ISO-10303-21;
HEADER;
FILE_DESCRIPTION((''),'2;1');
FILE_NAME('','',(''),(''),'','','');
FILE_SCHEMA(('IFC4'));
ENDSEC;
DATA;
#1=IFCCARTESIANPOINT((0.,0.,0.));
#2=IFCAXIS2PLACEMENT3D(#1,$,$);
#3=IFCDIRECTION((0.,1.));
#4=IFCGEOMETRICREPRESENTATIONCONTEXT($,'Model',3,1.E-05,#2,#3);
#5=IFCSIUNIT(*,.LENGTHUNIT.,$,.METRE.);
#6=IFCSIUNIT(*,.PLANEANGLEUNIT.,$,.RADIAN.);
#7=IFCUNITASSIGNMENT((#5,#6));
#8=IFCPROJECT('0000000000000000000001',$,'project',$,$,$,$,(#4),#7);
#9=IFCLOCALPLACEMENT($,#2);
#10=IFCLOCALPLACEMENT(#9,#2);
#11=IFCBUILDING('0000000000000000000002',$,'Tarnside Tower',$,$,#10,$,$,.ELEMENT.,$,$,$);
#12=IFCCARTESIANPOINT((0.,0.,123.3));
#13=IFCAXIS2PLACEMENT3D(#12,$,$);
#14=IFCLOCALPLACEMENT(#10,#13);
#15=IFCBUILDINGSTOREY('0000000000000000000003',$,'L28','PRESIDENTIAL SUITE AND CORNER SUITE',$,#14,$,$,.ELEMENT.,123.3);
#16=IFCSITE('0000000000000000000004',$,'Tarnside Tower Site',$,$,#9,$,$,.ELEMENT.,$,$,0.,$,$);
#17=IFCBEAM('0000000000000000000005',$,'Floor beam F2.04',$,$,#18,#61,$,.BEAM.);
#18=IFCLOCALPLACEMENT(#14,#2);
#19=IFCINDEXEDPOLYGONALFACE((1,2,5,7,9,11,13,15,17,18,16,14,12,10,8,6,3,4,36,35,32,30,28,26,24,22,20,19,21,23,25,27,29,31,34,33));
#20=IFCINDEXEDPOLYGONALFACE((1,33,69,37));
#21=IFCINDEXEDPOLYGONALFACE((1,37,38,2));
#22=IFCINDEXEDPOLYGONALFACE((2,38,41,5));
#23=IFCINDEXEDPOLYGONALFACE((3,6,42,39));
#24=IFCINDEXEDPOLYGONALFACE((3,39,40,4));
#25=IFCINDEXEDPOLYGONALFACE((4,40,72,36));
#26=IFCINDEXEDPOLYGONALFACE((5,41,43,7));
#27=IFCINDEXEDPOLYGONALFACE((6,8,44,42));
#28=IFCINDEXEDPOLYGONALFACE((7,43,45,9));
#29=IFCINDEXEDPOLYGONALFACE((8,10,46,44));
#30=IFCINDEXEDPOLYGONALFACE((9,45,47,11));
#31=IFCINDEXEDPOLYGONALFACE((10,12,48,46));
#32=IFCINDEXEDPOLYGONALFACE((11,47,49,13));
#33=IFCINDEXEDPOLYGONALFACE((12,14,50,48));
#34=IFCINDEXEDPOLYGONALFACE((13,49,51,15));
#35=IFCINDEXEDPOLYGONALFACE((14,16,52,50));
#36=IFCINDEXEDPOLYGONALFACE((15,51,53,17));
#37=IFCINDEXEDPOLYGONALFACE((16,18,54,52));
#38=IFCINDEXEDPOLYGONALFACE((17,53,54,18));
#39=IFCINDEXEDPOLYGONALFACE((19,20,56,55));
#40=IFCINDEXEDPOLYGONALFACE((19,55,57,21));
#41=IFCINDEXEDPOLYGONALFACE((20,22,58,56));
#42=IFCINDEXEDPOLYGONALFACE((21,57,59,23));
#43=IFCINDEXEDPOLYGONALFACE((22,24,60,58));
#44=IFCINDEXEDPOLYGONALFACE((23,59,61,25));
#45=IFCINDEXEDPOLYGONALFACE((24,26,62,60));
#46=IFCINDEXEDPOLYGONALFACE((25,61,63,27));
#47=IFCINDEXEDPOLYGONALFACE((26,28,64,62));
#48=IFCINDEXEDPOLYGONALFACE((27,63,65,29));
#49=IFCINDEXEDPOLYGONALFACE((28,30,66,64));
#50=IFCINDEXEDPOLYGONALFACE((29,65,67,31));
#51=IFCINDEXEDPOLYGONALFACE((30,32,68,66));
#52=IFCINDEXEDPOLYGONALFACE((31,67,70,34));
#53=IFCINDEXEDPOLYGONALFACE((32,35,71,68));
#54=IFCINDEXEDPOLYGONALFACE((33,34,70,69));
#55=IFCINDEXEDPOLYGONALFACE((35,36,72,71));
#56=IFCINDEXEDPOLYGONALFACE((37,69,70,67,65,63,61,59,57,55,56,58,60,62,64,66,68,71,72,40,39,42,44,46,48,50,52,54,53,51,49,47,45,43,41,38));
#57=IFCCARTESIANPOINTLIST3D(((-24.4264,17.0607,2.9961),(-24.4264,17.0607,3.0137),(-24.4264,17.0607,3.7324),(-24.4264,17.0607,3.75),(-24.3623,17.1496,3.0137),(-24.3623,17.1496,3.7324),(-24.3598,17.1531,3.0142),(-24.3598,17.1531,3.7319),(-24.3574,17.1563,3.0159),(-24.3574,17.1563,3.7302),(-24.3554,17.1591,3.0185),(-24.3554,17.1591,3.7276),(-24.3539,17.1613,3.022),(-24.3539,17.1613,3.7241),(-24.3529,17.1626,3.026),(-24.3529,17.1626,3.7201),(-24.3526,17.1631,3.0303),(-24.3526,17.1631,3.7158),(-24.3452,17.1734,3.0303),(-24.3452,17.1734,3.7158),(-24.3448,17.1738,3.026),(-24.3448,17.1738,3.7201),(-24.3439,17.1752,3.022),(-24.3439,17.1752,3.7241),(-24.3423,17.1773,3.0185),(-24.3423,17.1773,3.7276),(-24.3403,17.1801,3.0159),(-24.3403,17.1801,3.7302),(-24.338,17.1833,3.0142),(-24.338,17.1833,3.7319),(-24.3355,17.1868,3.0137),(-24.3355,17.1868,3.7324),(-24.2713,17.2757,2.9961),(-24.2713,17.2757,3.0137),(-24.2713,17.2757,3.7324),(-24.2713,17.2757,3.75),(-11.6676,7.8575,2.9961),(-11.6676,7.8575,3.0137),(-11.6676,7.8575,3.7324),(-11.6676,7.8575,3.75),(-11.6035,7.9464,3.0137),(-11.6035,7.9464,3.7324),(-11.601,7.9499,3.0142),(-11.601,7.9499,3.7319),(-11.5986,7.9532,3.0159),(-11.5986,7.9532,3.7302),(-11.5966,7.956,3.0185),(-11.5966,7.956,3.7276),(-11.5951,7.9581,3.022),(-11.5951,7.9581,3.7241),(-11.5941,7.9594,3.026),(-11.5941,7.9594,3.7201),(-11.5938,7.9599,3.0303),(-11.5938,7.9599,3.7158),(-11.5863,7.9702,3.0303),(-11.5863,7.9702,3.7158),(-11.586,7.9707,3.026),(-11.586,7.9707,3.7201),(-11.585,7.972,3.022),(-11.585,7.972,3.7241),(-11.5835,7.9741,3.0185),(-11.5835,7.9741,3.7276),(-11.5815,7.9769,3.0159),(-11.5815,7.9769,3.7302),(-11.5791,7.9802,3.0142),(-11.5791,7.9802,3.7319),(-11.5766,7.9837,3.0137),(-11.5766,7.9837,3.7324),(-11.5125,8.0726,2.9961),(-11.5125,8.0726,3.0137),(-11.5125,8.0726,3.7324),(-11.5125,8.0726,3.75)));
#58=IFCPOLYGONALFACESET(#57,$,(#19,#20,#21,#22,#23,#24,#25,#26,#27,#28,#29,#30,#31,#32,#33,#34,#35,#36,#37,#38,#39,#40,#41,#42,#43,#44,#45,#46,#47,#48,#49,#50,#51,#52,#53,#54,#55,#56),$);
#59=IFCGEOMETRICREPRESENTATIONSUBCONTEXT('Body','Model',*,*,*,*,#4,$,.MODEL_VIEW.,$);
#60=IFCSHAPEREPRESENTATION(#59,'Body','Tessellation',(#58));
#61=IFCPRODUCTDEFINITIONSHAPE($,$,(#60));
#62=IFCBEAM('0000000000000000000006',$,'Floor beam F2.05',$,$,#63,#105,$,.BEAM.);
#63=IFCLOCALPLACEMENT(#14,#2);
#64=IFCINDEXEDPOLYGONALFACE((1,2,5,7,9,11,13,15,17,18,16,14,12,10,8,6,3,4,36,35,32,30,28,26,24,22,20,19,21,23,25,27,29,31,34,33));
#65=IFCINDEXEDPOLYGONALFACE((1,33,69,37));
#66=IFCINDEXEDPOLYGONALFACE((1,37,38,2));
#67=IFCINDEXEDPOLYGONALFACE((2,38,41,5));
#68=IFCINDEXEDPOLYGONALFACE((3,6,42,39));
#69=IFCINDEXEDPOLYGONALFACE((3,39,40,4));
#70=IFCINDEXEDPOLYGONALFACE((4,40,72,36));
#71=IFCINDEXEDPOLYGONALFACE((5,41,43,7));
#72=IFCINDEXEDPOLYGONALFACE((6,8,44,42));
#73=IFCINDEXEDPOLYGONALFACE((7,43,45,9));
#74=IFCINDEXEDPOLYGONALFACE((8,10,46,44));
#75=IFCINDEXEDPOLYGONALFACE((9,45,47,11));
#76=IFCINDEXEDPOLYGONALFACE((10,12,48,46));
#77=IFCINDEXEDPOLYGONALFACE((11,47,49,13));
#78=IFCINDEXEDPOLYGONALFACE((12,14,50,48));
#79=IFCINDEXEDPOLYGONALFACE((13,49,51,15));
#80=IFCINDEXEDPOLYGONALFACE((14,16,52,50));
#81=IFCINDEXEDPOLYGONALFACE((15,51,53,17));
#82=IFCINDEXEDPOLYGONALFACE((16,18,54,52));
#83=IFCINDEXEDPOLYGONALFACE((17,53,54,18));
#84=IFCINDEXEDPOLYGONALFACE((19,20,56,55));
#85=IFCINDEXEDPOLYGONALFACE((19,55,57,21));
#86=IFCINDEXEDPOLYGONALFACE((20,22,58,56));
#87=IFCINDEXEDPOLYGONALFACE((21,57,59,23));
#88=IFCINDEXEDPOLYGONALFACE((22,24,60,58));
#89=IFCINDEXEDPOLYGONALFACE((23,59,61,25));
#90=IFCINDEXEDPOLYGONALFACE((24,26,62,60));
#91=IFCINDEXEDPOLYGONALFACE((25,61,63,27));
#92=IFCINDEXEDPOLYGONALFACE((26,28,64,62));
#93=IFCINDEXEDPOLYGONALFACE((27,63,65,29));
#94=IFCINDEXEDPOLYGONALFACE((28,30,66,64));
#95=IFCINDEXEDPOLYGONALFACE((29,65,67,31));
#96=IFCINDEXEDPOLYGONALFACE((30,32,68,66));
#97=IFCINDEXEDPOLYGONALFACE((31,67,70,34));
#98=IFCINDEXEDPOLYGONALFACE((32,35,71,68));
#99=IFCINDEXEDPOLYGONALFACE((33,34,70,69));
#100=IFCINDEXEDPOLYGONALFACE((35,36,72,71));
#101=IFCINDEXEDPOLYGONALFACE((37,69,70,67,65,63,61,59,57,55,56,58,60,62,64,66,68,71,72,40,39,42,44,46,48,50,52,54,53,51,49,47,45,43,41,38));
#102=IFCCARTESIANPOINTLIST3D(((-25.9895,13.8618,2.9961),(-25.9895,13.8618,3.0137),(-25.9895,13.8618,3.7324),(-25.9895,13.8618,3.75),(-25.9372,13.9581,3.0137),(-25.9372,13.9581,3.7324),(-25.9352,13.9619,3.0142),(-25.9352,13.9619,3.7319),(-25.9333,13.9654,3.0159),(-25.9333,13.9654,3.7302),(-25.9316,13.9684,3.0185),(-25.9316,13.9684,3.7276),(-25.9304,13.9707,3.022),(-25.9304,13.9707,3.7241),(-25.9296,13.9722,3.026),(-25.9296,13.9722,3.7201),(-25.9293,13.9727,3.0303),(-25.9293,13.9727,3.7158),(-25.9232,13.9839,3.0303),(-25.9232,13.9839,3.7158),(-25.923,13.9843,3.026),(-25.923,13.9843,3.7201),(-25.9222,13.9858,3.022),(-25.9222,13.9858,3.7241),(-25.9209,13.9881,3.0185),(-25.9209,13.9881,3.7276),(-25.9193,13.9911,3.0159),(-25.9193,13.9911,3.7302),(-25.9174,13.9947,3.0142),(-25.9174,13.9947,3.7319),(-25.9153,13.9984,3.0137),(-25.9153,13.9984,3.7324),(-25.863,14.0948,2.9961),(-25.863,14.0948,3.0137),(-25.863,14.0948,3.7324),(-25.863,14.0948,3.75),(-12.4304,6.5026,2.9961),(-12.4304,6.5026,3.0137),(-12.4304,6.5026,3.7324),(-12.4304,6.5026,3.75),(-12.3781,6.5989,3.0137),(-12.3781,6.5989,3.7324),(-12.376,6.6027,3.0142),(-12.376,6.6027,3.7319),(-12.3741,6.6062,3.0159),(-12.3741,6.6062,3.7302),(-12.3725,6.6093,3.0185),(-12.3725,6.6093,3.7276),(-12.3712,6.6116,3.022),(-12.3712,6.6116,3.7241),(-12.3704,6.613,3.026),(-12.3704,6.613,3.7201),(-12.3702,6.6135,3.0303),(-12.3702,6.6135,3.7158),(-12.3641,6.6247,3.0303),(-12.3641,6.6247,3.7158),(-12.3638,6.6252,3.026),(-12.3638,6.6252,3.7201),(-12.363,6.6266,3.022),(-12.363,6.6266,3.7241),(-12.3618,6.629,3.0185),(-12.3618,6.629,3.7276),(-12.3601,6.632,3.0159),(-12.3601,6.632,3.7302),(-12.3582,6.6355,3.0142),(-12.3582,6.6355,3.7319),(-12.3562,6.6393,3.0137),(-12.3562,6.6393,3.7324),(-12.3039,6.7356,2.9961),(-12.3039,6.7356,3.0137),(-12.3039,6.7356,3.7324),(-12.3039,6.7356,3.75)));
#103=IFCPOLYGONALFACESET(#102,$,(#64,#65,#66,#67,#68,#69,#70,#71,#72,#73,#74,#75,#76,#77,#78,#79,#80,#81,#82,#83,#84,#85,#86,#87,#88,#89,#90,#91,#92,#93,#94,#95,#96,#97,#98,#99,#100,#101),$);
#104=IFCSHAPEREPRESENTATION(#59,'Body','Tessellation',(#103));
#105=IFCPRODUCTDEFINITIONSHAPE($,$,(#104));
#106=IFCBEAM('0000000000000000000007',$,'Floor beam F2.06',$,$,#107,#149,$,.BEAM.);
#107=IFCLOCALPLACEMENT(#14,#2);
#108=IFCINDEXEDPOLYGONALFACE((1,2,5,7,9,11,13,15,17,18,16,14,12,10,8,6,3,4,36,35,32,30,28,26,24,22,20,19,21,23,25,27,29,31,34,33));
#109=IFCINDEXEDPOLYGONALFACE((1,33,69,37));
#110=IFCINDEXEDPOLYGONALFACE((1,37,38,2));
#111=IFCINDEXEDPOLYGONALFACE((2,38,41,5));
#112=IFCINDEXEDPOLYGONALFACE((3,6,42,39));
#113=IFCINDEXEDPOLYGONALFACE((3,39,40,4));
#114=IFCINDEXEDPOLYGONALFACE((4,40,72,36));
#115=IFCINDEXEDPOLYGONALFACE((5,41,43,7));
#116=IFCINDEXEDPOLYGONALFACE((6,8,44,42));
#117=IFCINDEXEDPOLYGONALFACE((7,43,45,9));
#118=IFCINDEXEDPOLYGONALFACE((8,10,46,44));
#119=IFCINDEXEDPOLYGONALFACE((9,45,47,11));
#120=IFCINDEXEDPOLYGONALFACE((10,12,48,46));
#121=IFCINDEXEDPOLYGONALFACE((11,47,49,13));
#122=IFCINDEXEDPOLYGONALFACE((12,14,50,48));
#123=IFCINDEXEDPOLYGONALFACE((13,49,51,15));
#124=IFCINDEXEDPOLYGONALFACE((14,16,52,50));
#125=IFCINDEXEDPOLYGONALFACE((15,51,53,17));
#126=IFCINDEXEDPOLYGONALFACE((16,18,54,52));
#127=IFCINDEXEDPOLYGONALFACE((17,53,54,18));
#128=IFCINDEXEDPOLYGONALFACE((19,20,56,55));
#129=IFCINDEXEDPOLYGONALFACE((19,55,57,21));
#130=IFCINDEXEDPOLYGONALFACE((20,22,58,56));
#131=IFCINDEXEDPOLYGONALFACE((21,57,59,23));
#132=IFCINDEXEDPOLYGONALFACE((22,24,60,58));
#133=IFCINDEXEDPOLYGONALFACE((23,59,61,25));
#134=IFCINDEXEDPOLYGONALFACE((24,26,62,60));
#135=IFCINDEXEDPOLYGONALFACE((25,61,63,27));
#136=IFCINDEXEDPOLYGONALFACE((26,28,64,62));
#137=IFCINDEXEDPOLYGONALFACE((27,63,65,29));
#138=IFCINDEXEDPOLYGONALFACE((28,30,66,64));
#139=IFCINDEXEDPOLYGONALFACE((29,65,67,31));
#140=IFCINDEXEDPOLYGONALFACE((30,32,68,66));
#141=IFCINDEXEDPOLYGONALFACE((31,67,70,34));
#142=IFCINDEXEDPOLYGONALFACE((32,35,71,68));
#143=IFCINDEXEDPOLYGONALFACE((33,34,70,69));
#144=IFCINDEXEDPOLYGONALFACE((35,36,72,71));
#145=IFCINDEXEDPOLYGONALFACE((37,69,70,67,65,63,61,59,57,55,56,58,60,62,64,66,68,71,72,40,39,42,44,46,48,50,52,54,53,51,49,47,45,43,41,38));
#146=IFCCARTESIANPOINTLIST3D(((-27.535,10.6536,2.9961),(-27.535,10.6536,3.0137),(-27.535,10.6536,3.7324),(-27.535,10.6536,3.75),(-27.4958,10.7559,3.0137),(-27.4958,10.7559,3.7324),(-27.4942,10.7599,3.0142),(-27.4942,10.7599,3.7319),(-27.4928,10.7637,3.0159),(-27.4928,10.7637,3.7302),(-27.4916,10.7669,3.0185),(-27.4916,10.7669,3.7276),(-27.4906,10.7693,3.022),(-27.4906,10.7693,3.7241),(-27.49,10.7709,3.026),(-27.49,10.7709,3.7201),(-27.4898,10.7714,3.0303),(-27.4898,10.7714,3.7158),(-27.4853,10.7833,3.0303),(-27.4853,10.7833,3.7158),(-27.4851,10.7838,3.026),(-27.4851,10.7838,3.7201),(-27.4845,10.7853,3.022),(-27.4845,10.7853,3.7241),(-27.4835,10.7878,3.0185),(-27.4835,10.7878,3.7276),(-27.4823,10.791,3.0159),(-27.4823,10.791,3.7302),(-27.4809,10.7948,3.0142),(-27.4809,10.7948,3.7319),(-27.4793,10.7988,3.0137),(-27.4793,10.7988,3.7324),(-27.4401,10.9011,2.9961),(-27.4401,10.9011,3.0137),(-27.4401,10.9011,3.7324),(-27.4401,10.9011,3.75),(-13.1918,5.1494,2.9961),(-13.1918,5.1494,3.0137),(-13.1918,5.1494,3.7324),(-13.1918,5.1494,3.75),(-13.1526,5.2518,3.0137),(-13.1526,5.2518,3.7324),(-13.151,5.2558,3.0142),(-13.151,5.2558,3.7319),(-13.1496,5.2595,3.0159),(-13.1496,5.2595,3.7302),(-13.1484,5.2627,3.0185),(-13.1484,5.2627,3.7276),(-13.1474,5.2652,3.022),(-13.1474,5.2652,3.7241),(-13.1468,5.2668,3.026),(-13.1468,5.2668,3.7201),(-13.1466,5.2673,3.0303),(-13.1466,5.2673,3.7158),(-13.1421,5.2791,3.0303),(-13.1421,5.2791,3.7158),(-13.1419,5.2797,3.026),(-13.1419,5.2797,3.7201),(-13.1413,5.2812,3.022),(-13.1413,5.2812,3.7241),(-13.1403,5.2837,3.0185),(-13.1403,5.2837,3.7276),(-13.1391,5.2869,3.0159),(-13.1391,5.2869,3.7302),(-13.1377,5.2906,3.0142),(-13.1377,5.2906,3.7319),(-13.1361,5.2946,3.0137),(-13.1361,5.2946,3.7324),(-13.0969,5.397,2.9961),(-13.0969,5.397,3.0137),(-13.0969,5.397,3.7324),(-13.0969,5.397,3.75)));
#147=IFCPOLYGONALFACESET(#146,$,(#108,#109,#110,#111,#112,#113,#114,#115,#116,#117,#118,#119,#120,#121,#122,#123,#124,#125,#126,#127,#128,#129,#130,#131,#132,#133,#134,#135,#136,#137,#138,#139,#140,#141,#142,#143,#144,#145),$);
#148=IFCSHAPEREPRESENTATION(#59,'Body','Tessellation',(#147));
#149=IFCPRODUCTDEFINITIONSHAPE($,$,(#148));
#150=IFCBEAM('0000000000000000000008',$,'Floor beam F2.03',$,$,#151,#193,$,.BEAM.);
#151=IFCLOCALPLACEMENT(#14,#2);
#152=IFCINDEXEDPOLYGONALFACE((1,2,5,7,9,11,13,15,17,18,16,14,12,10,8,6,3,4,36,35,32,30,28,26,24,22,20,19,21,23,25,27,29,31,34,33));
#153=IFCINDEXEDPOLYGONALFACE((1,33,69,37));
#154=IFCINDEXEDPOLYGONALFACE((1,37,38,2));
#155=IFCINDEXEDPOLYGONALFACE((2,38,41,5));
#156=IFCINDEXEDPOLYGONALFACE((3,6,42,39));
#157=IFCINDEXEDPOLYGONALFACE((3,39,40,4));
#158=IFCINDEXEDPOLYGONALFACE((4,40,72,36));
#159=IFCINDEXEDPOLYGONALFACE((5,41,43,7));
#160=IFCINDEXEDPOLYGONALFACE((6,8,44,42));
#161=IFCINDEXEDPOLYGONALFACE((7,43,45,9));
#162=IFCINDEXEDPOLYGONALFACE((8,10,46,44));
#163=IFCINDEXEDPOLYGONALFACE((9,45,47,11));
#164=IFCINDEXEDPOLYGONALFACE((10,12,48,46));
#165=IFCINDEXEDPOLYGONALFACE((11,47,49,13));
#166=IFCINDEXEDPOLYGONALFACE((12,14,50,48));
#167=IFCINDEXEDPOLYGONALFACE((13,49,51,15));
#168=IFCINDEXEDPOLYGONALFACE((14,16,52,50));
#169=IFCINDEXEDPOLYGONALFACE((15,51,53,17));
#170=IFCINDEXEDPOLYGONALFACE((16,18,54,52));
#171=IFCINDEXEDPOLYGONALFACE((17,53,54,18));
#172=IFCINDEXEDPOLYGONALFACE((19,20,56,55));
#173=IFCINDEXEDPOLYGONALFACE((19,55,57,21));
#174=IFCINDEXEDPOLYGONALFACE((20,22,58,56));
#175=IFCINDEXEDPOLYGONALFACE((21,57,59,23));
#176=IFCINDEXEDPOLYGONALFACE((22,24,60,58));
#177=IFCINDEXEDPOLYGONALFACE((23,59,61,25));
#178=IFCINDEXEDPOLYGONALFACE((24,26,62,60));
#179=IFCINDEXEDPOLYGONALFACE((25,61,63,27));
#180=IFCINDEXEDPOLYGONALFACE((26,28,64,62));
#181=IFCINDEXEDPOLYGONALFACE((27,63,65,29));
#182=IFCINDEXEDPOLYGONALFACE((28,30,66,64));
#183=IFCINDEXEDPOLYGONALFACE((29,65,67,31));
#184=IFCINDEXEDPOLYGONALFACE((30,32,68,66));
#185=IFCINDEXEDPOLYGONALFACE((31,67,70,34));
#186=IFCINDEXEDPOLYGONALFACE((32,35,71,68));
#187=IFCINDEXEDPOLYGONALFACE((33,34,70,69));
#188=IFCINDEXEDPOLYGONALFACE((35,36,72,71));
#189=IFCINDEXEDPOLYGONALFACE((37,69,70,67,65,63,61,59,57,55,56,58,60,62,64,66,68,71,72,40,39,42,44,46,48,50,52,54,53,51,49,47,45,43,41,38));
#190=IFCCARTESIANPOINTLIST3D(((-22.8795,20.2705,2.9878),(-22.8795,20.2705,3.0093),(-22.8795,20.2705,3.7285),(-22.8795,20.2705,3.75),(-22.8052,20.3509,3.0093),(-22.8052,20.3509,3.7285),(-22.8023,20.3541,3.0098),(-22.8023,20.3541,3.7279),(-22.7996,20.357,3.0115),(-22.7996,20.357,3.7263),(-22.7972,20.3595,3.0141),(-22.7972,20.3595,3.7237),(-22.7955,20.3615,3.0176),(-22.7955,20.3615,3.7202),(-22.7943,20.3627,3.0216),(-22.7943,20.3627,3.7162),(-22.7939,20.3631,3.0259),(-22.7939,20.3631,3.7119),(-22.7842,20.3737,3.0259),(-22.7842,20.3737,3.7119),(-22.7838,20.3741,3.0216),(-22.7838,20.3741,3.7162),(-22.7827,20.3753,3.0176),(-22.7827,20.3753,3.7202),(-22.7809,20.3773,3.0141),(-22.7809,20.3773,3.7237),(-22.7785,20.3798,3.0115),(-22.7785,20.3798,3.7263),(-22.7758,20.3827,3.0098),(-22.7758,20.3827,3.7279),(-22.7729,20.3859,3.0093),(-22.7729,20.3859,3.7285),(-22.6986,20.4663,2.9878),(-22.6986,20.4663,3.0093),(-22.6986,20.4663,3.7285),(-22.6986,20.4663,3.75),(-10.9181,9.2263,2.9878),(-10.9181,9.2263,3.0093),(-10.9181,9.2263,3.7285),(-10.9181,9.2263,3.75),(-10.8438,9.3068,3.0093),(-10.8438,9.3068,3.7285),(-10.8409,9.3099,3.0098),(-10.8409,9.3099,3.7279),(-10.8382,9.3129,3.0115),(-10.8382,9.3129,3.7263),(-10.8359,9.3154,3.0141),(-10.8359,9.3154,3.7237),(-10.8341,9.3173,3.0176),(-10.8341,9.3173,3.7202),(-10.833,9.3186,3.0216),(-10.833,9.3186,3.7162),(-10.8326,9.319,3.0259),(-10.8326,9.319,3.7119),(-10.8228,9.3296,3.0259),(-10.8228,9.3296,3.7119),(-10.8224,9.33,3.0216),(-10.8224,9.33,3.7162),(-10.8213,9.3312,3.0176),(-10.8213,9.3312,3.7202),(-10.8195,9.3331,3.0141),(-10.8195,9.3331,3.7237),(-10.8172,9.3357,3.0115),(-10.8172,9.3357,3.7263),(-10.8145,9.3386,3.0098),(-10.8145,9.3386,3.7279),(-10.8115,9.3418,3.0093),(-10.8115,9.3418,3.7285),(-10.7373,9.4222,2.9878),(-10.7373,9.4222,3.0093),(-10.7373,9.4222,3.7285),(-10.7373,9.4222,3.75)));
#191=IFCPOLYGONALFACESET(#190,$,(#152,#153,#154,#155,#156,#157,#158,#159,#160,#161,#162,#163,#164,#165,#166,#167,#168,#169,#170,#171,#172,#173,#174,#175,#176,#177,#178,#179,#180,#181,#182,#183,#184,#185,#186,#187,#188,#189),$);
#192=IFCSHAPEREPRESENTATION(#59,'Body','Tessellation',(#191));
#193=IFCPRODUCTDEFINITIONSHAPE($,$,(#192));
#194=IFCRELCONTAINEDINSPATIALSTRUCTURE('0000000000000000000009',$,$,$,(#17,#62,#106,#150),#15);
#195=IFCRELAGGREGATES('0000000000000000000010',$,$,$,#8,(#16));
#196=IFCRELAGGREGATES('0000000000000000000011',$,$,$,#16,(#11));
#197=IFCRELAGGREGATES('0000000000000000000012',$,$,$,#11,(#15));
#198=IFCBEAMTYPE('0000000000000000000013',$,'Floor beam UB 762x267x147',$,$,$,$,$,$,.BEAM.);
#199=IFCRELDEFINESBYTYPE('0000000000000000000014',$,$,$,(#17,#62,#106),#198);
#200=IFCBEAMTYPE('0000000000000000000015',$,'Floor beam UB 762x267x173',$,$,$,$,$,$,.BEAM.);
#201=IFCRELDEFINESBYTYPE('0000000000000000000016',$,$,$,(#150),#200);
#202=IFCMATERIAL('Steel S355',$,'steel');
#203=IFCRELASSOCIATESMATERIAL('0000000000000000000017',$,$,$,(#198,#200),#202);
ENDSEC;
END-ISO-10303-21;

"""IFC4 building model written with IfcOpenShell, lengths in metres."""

from ifc_helpers import new_model, si_unit, direction, frame, origin, origin_2d, place, context, subcontext, project, spatial, i_section, extrude, material, material_profile, profile_set, type_object, element, save


model = new_model("IFC4")

# Units and contexts
model_context = context("Model", 3, precision=1e-05, world=origin(), true_north=direction((0.0, 1.0)))
body_context = subcontext(model_context, "Body", "Model", "MODEL_VIEW")
ifc_project = project(units=[si_unit("LENGTHUNIT", "METRE"), si_unit("PLANEANGLEUNIT", "RADIAN")], contexts=[model_context])

# Site, building, storey
site_placement = place(None, origin())
site = spatial("IfcSite", under=ifc_project, at=site_placement, Name="Tarnside Tower Site", CompositionType="ELEMENT", RefElevation=0.0)
building_placement = place(site_placement, origin())
building = spatial("IfcBuilding", under=site, at=building_placement, Name="Tarnside Tower", CompositionType="ELEMENT")
storey_placement = place(building_placement, frame((0.0, 0.0, 123.3)))
storey = spatial("IfcBuildingStorey", under=building, at=storey_placement, Name="L28", Description="PRESIDENTIAL SUITE AND CORNER SUITE", CompositionType="ELEMENT", Elevation=123.3)

# Beams
ifc_material_1 = material(Name="Steel S355", Category="steel")
ifc_material_profile_1 = material_profile(ifc_material_1, i_section(OverallWidth=0.2651, OverallDepth=0.7539, WebThickness=0.0127, FlangeThickness=0.0176, FilletRadius=0.0166, at=origin_2d()), Name="UB 762x267x147")
ifc_profile_set_1 = profile_set([ifc_material_profile_1], Name="Steel S355")
beam_type_1 = type_object("IfcBeamType", Name="Floor beam UB 762x267x147", PredefinedType="BEAM", material=ifc_profile_set_1)
beam_1_placement = place(storey_placement, frame((-24.3489, 17.1682, 3.373), z_axis=(0.811028, -0.585008, 0.0), x_axis=(0.585008, 0.811028, 0.0)))
element("IfcBeam", 1, at=beam_1_placement, inside=storey, type_object=beam_type_1, Name="Floor beam F2.04", PredefinedType="BEAM", context=body_context, shape_type="SweptSolid", body=[
    extrude(i_section(OverallWidth=0.2651, OverallDepth=0.7539, WebThickness=0.0127, FlangeThickness=0.0176, FilletRadius=0.0166, at=origin_2d()), origin(), (0.0, 0.0, 1.0), 15.7317),
])
beam_2_placement = place(storey_placement, frame((-25.9263, 13.9783, 3.373), z_axis=(0.878895, -0.477016, 0.0), x_axis=(0.477016, 0.878895, 0.0)))
element("IfcBeam", 2, at=beam_2_placement, inside=storey, type_object=beam_type_1, Name="Floor beam F2.05", PredefinedType="BEAM", context=body_context, shape_type="SweptSolid", body=[
    extrude(i_section(OverallWidth=0.2651, OverallDepth=0.7539, WebThickness=0.0127, FlangeThickness=0.0176, FilletRadius=0.0166, at=origin_2d()), origin(), (0.0, 0.0, 1.0), 15.4275),
])
beam_3_placement = place(storey_placement, frame((-27.4875, 10.7773, 3.373), z_axis=(0.933618, -0.358271, 0.0), x_axis=(0.358271, 0.933618, 0.0)))
element("IfcBeam", 3, at=beam_3_placement, inside=storey, type_object=beam_type_1, Name="Floor beam F2.06", PredefinedType="BEAM", context=body_context, shape_type="SweptSolid", body=[
    extrude(i_section(OverallWidth=0.2651, OverallDepth=0.7539, WebThickness=0.0127, FlangeThickness=0.0176, FilletRadius=0.0166, at=origin_2d()), origin(), (0.0, 0.0, 1.0), 15.363),
])
ifc_material_profile_2 = material_profile(ifc_material_1, i_section(OverallWidth=0.2666, OverallDepth=0.7622, WebThickness=0.0144, FlangeThickness=0.0215, FilletRadius=0.0166, at=origin_2d()), Name="UB 762x267x173")
ifc_profile_set_2 = profile_set([ifc_material_profile_2], Name="Steel S355")
beam_type_2 = type_object("IfcBeamType", Name="Floor beam UB 762x267x173", PredefinedType="BEAM", material=ifc_profile_set_2)
beam_4_placement = place(storey_placement, frame((-22.7891, 20.3684, 3.3689), z_axis=(0.734715, -0.678375, 0.0), x_axis=(0.678375, 0.734715, 0.0)))
element("IfcBeam", 4, at=beam_4_placement, inside=storey, type_object=beam_type_2, Name="Floor beam F2.03", PredefinedType="BEAM", context=body_context, shape_type="SweptSolid", body=[
    extrude(i_section(OverallWidth=0.2666, OverallDepth=0.7622, WebThickness=0.0144, FlangeThickness=0.0215, FilletRadius=0.0166, at=origin_2d()), origin(), (0.0, 0.0, 1.0), 16.2803),
])

save(model, "model.ifc")
